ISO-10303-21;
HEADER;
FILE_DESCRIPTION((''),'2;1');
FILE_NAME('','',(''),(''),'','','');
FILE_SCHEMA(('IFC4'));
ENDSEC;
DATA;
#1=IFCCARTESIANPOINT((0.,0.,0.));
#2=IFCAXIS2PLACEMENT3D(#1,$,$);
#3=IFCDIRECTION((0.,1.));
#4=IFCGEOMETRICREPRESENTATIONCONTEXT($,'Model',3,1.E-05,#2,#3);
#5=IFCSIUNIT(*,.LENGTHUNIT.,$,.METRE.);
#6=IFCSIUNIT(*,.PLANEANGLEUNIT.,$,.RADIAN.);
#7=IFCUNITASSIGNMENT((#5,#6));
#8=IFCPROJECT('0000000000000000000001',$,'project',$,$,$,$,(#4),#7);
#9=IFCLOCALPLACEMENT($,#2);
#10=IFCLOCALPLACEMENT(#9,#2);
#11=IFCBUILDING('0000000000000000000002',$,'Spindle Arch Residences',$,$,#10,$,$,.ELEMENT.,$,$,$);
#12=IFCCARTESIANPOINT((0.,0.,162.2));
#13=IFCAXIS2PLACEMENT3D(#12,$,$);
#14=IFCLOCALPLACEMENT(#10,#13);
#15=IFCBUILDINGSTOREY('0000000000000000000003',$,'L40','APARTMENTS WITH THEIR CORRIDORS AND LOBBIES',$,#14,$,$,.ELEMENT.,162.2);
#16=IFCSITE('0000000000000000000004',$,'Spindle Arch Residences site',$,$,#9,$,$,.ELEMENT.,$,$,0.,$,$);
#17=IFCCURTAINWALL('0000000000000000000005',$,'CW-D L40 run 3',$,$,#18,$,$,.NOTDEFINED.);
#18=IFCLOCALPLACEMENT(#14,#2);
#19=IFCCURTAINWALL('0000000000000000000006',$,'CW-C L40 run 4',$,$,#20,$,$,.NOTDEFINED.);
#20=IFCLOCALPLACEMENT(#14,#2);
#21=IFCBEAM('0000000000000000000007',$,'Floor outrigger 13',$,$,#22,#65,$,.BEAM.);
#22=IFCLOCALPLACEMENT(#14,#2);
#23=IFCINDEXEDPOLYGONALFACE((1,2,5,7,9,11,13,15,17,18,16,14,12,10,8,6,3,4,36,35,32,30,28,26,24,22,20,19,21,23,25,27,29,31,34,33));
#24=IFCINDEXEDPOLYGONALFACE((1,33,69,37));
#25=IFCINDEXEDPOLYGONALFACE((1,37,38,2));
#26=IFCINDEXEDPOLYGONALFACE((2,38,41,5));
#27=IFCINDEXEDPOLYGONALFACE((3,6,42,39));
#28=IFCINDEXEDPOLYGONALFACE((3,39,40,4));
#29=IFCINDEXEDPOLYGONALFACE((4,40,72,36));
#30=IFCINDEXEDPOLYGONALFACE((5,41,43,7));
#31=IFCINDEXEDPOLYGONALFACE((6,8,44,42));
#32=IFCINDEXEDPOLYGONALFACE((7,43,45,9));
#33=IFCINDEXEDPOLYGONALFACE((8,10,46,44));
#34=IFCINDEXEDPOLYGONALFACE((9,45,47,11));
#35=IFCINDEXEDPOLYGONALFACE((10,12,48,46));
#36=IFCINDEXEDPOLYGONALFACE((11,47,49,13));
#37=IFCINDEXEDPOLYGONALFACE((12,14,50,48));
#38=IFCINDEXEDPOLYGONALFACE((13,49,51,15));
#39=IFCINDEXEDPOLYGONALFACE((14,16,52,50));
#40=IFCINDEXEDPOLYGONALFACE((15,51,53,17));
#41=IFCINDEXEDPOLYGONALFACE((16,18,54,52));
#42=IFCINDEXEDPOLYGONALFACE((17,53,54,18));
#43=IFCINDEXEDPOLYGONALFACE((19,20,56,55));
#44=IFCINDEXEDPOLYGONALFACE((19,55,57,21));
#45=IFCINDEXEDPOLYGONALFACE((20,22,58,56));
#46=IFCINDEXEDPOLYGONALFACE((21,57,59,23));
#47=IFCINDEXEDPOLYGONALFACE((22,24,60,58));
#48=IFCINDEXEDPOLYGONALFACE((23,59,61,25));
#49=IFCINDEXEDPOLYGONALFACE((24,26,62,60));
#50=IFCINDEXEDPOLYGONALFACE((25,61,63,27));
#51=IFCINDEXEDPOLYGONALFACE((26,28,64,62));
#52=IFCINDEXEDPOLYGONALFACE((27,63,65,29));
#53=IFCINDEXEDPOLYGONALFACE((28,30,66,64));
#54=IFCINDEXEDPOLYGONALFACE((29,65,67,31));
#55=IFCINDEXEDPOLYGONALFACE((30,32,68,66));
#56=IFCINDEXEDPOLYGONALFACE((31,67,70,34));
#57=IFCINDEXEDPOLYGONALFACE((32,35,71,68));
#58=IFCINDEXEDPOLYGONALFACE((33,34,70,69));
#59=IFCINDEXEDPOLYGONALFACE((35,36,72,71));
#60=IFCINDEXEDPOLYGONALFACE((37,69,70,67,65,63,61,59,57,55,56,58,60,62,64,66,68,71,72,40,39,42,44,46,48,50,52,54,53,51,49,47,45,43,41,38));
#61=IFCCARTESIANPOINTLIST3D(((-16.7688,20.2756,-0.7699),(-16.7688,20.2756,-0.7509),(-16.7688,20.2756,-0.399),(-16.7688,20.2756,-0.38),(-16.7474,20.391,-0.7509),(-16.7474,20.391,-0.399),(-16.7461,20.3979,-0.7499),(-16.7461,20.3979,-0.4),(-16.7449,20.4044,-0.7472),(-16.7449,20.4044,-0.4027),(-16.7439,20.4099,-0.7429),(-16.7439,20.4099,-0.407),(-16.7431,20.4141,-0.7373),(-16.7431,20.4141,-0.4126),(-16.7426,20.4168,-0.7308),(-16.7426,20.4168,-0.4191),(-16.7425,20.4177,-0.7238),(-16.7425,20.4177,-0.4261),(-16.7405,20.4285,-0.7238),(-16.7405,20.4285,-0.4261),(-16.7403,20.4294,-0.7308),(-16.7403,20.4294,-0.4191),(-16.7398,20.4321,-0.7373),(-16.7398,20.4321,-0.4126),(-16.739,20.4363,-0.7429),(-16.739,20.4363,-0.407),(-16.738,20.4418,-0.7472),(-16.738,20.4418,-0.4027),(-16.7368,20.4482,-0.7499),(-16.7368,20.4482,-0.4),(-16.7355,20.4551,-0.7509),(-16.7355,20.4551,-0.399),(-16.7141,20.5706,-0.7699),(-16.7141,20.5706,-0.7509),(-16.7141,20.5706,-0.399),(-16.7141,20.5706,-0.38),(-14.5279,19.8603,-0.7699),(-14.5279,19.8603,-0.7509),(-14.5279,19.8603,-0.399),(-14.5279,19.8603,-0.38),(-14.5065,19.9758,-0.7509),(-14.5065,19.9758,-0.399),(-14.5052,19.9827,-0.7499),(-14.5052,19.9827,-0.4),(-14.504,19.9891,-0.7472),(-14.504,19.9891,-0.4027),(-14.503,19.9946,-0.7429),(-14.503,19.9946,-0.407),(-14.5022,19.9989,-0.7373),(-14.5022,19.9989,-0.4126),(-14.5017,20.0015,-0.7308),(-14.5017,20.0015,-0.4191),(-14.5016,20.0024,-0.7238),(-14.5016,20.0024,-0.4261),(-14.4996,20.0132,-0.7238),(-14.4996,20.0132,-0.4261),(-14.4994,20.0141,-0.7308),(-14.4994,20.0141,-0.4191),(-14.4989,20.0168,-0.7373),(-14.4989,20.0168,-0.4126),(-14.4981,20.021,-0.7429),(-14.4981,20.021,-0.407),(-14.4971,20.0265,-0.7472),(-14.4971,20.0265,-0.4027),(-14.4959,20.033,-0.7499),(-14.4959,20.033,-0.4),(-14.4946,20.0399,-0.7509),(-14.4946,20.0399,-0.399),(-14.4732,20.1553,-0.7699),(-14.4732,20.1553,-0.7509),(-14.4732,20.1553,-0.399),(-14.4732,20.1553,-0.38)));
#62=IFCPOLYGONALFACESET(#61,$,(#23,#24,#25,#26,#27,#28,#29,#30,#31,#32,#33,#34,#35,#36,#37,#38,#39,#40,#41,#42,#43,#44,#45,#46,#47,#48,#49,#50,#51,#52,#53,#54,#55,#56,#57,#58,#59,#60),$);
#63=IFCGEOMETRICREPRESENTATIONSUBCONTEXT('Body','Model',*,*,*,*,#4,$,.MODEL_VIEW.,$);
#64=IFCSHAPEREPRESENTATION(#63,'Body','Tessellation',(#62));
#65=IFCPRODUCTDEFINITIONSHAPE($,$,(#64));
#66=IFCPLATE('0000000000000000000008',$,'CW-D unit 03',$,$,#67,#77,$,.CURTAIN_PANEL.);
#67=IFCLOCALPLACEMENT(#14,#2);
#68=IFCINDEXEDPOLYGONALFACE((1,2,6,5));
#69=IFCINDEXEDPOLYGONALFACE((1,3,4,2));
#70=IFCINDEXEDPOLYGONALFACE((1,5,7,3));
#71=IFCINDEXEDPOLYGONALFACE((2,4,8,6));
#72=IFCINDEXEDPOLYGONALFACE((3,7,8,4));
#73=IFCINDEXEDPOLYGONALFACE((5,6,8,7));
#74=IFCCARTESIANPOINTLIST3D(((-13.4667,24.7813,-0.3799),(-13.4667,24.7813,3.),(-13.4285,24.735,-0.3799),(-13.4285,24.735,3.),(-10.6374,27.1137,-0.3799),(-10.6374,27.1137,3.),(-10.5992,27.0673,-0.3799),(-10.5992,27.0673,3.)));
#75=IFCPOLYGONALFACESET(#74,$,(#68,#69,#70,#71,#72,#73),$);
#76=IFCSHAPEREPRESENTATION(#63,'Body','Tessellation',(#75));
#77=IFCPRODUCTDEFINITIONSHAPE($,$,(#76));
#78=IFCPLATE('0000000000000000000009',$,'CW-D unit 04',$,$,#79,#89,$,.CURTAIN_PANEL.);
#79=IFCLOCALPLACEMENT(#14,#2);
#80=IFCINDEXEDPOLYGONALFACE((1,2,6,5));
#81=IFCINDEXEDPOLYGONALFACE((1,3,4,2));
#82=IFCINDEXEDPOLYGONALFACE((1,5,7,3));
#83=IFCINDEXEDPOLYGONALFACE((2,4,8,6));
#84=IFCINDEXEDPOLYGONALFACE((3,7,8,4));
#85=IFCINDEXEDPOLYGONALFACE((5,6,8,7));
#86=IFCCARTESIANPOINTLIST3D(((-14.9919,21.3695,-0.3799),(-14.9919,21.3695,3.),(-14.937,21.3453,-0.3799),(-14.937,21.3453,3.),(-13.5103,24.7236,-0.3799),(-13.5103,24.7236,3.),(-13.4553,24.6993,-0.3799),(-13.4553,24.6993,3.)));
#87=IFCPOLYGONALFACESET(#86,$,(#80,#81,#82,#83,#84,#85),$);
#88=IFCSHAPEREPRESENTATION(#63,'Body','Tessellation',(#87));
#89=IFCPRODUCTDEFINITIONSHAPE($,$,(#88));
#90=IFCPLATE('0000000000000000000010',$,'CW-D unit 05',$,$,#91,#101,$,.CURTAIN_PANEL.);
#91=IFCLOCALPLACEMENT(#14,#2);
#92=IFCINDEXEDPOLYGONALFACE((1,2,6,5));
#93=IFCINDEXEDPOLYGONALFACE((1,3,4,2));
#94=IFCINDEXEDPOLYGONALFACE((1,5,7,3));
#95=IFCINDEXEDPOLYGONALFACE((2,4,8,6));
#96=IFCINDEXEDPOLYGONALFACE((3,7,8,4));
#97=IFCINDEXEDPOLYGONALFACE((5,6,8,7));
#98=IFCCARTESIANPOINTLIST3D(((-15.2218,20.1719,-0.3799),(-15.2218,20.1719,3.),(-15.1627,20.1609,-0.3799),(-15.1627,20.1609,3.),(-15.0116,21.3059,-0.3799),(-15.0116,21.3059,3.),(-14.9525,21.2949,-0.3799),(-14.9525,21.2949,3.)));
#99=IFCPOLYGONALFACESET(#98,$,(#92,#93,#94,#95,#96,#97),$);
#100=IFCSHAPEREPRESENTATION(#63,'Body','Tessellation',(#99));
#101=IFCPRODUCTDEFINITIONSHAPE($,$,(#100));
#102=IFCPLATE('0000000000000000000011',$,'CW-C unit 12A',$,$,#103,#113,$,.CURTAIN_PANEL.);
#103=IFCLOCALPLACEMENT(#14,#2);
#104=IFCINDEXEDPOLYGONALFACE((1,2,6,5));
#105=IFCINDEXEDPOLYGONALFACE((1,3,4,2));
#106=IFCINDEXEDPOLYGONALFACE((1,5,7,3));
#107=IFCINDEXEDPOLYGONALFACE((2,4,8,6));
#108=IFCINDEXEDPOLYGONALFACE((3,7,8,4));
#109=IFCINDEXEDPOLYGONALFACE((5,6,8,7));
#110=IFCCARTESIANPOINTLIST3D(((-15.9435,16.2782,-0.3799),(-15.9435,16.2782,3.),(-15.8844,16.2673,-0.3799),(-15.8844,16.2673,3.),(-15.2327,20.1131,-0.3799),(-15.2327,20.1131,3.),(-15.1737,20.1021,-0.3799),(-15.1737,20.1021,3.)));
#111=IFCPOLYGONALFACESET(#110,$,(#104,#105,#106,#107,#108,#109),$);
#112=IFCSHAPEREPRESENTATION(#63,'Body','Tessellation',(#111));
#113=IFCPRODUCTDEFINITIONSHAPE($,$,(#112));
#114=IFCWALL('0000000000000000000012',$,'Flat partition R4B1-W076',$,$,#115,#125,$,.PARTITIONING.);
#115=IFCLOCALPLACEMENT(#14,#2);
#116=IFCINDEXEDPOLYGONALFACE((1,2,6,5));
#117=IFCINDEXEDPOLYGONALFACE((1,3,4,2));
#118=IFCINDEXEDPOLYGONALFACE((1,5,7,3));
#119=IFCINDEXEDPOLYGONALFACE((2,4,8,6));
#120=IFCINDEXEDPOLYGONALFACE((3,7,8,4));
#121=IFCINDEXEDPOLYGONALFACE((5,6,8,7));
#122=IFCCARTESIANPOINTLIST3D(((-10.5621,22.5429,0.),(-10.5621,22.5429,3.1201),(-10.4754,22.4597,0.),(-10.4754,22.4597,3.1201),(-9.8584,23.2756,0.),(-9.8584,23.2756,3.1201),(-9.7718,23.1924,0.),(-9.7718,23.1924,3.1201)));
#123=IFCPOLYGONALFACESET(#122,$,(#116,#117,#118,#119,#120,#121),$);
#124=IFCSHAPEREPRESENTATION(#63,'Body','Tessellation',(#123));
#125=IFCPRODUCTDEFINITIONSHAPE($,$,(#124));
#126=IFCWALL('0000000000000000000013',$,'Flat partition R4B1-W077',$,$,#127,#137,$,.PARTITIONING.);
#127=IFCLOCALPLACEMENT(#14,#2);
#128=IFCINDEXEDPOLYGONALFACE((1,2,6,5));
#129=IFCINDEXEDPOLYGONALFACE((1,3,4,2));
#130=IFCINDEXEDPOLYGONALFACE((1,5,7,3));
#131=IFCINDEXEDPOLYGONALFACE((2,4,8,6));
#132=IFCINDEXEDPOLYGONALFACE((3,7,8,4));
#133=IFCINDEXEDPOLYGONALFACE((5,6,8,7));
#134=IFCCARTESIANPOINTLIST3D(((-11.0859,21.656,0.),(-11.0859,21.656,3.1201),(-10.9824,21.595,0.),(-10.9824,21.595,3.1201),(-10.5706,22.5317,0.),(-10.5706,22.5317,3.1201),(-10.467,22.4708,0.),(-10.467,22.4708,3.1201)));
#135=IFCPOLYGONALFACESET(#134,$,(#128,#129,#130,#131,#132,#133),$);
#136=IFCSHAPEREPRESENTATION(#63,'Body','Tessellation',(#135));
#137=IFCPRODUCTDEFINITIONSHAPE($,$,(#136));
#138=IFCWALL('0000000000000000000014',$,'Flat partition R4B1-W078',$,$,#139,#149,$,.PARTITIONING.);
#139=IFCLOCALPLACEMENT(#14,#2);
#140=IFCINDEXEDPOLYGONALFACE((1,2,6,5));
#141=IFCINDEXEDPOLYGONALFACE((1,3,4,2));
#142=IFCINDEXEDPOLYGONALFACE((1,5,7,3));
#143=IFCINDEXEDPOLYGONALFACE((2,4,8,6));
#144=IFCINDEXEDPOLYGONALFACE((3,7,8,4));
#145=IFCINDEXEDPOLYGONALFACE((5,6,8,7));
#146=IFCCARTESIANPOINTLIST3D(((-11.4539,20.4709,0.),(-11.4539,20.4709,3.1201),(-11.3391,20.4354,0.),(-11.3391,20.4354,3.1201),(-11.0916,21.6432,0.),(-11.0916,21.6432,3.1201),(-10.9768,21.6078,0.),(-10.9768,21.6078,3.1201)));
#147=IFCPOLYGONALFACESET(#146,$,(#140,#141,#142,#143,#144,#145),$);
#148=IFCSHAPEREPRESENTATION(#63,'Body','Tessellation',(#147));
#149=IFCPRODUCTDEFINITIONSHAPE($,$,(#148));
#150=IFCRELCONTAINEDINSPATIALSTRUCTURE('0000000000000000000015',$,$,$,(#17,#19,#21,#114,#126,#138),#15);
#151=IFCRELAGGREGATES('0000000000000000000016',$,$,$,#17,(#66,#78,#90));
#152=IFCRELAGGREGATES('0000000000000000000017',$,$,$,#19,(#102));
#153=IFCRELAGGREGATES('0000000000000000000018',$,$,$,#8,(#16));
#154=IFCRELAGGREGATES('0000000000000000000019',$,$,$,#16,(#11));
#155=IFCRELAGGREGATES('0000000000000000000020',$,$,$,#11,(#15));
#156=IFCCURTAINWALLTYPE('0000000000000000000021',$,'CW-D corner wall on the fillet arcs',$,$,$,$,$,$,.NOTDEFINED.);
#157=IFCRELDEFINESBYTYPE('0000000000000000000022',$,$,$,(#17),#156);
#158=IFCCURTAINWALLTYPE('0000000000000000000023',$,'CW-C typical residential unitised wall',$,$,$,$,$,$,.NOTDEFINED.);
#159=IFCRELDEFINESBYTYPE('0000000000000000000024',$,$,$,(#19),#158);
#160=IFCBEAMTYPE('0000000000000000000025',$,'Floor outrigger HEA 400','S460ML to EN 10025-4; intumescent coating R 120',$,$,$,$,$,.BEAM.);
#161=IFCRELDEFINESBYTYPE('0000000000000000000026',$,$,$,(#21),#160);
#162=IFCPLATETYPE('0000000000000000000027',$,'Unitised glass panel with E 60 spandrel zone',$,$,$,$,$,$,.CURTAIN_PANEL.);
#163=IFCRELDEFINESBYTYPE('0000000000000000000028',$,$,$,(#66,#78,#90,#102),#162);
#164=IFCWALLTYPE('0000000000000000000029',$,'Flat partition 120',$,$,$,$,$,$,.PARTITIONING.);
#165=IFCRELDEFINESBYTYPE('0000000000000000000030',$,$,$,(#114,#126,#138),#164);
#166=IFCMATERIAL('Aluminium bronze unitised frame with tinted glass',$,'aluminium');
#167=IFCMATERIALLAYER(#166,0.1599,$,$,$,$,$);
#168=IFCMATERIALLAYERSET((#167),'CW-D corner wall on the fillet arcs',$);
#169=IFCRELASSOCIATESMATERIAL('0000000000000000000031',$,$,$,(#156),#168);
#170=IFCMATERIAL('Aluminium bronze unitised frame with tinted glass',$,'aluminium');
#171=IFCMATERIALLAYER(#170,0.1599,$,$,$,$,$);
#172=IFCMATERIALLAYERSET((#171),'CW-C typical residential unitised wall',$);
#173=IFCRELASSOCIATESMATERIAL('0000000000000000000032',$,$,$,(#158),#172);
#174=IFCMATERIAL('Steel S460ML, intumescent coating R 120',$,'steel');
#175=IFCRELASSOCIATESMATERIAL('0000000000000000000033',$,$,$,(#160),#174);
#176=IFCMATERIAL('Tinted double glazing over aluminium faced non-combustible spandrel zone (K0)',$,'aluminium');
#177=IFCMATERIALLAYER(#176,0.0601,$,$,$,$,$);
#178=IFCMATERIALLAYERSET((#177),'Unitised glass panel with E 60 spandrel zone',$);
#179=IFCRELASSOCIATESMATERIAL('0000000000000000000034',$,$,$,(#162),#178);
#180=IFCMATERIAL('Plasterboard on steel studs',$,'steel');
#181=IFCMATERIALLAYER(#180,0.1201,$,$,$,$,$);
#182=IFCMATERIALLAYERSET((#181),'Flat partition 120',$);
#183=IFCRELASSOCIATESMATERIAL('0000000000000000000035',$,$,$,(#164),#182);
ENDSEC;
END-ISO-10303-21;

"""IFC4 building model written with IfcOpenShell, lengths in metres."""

from ifc_helpers import new_model, si_unit, direction, frame, frame_2d, origin, origin_2d, place, context, subcontext, project, spatial, rectangle, i_section, extrude, material, layer, layer_set, material_profile, profile_set, type_object, element, aggregate, save


model = new_model("IFC4")

# Units and contexts
model_context = context("Model", 3, precision=1e-05, world=origin(), true_north=direction((0.0, 1.0)))
body_context = subcontext(model_context, "Body", "Model", "MODEL_VIEW")
ifc_project = project(units=[si_unit("LENGTHUNIT", "METRE"), si_unit("PLANEANGLEUNIT", "RADIAN")], contexts=[model_context])

# Site, building, storey
site_placement = place(None, origin())
site = spatial("IfcSite", under=ifc_project, at=site_placement, Name="Spindle Arch Residences site", CompositionType="ELEMENT", RefElevation=0.0)
building_placement = place(site_placement, origin())
building = spatial("IfcBuilding", under=site, at=building_placement, Name="Spindle Arch Residences", CompositionType="ELEMENT")
storey_placement = place(building_placement, frame((0.0, 0.0, 162.2)))
storey = spatial("IfcBuildingStorey", under=building, at=storey_placement, Name="L40", Description="APARTMENTS WITH THEIR CORRIDORS AND LOBBIES", CompositionType="ELEMENT", Elevation=162.2)

# Curtain wall
ifc_material_1 = material(Name="Aluminium bronze unitised frame with tinted glass", Category="aluminium")
ifc_layer_1 = layer(ifc_material_1, 0.1599)
ifc_layer_set_1 = layer_set([ifc_layer_1], Name="CW-D corner wall on the fillet arcs")
curtain_wall_type_1 = type_object("IfcCurtainWallType", Name="CW-D corner wall on the fillet arcs", PredefinedType="NOTDEFINED", material=ifc_layer_set_1)
curtain_wall_1_placement = place(storey_placement, origin())
curtain_wall_1 = element("IfcCurtainWall", 1, at=curtain_wall_1_placement, inside=storey, type_object=curtain_wall_type_1, Name="CW-D L40 run 3", PredefinedType="NOTDEFINED")

# Curtain wall
ifc_material_2 = material(Name="Aluminium bronze unitised frame with tinted glass", Category="aluminium")
ifc_layer_2 = layer(ifc_material_2, 0.1599)
ifc_layer_set_2 = layer_set([ifc_layer_2], Name="CW-C typical residential unitised wall")
curtain_wall_type_2 = type_object("IfcCurtainWallType", Name="CW-C typical residential unitised wall", PredefinedType="NOTDEFINED", material=ifc_layer_set_2)
curtain_wall_2_placement = place(storey_placement, origin())
curtain_wall_2 = element("IfcCurtainWall", 2, at=curtain_wall_2_placement, inside=storey, type_object=curtain_wall_type_2, Name="CW-C L40 run 4", PredefinedType="NOTDEFINED")

# Beam
ifc_material_3 = material(Name="Steel S460ML, intumescent coating R 120", Category="steel")
ifc_material_profile_1 = material_profile(ifc_material_3, i_section(OverallWidth=0.3, OverallDepth=0.3899, WebThickness=0.011, FlangeThickness=0.019, FilletRadius=0.0271, at=origin_2d()), Name="HEA 400")
ifc_profile_set_1 = profile_set([ifc_material_profile_1], Name="Steel S460ML, intumescent coating R 120")
beam_type_1 = type_object("IfcBeamType", Name="Floor outrigger HEA 400", Description="S460ML to EN 10025-4; intumescent coating R 120", PredefinedType="BEAM", material=ifc_profile_set_1)
beam_1_placement = place(storey_placement, frame((-16.7415, 20.4231, -0.575), z_axis=(0.983259, -0.182212, 0.0), x_axis=(0.182212, 0.983259, 0.0)))
element("IfcBeam", 3, at=beam_1_placement, inside=storey, type_object=beam_type_1, Name="Floor outrigger 13", PredefinedType="BEAM", context=body_context, shape_type="SweptSolid", body=[
    extrude(i_section(OverallWidth=0.3, OverallDepth=0.3899, WebThickness=0.011, FlangeThickness=0.019, FilletRadius=0.0271, at=origin_2d()), origin(), (0.0, 0.0, 1.0), 2.2791),
])

# Plates
ifc_material_4 = material(Name="Tinted double glazing over aluminium faced non-combustible spandrel zone (K0)", Category="aluminium")
ifc_layer_3 = layer(ifc_material_4, 0.0601)
ifc_layer_set_3 = layer_set([ifc_layer_3], Name="Unitised glass panel with E 60 spandrel zone")
plate_type = type_object("IfcPlateType", Name="Unitised glass panel with E 60 spandrel zone", PredefinedType="CURTAIN_PANEL", material=ifc_layer_set_3)
plate_1_placement = place(storey_placement, frame((-12.033, 25.9243, -0.3799), z_axis=(0.0, 0.0, 1.0), x_axis=(-0.771625, -0.636078, 0.0)))
plate_1 = element("IfcPlate", 4, at=plate_1_placement, type_object=plate_type, Name="CW-D unit 03", PredefinedType="CURTAIN_PANEL", context=body_context, shape_type="SweptSolid", body=[
    extrude(rectangle(XDim=3.6667, YDim=0.0601, at=origin_2d()), origin(), (0.0, 0.0, 1.0), 3.3799),
])
plate_2_placement = place(storey_placement, frame((-14.2236, 23.0344, -0.3799), z_axis=(0.0, 0.0, 1.0), x_axis=(-0.404078, -0.914725, 0.0)))
plate_2 = element("IfcPlate", 5, at=plate_2_placement, type_object=plate_type, Name="CW-D unit 04", PredefinedType="CURTAIN_PANEL", context=body_context, shape_type="SweptSolid", body=[
    extrude(rectangle(XDim=3.6667, YDim=0.0601, at=origin_2d()), origin(), (0.0, 0.0, 1.0), 3.3799),
])
plate_3_placement = place(storey_placement, frame((-15.0872, 20.7334, -0.3799), z_axis=(0.0, 0.0, 1.0), x_axis=(-0.182236, -0.983255, 0.0)))
plate_3 = element("IfcPlate", 6, at=plate_3_placement, type_object=plate_type, Name="CW-D unit 05", PredefinedType="CURTAIN_PANEL", context=body_context, shape_type="SweptSolid", body=[
    extrude(rectangle(XDim=1.1533, YDim=0.0601, at=origin_2d()), origin(), (0.0, 0.0, 1.0), 3.3799),
])
aggregate(curtain_wall_1, [plate_1, plate_2, plate_3])
plate_4_placement = place(storey_placement, frame((-15.5586, 18.1902, -0.3799), z_axis=(0.0, 0.0, 1.0), x_axis=(-0.182236, -0.983255, 0.0)))
plate_4 = element("IfcPlate", 7, at=plate_4_placement, type_object=plate_type, Name="CW-C unit 12A", PredefinedType="CURTAIN_PANEL", context=body_context, shape_type="SweptSolid", body=[
    extrude(rectangle(XDim=3.9001, YDim=0.0601, at=origin_2d()), origin(), (0.0, 0.0, 1.0), 3.3799),
])
aggregate(curtain_wall_2, [plate_4])

# Walls
ifc_material_5 = material(Name="Plasterboard on steel studs", Category="steel")
ifc_layer_4 = layer(ifc_material_5, 0.1201)
ifc_layer_set_4 = layer_set([ifc_layer_4], Name="Flat partition 120")
wall_type = type_object("IfcWallType", Name="Flat partition 120", PredefinedType="PARTITIONING", material=ifc_layer_set_4)
wall_1_placement = place(storey_placement, frame((-9.8152, 23.2339, 0.0), z_axis=(0.0, 0.0, 1.0), x_axis=(-0.692662, -0.721262, 0.0)))
element("IfcWall", 8, at=wall_1_placement, inside=storey, type_object=wall_type, Name="Flat partition R4B1-W076", PredefinedType="PARTITIONING", context=body_context, shape_type="SweptSolid", body=[
    extrude(rectangle(XDim=1.0159, YDim=0.1201, at=frame_2d((0.5078, 0.0))), origin(), (0.0, 0.0, 1.0), 3.1201),
])
wall_2_placement = place(storey_placement, frame((-10.5188, 22.5012, 0.0), z_axis=(0.0, 0.0, 1.0), x_axis=(-0.507199, -0.861829, 0.0)))
element("IfcWall", 9, at=wall_2_placement, inside=storey, type_object=wall_type, Name="Flat partition R4B1-W077", PredefinedType="PARTITIONING", context=body_context, shape_type="SweptSolid", body=[
    extrude(rectangle(XDim=1.0161, YDim=0.1201, at=frame_2d((0.5081, 0.0))), origin(), (0.0, 0.0, 1.0), 3.1201),
])
wall_3_placement = place(storey_placement, frame((-11.0342, 21.6255, 0.0), z_axis=(0.0, 0.0, 1.0), x_axis=(-0.29526, -0.955417, 0.0)))
element("IfcWall", 10, at=wall_3_placement, inside=storey, type_object=wall_type, Name="Flat partition R4B1-W078", PredefinedType="PARTITIONING", context=body_context, shape_type="SweptSolid", body=[
    extrude(rectangle(XDim=1.2271, YDim=0.1201, at=frame_2d((0.6135, 0.0))), origin(), (0.0, 0.0, 1.0), 3.1201),
])

save(model, "model.ifc")
